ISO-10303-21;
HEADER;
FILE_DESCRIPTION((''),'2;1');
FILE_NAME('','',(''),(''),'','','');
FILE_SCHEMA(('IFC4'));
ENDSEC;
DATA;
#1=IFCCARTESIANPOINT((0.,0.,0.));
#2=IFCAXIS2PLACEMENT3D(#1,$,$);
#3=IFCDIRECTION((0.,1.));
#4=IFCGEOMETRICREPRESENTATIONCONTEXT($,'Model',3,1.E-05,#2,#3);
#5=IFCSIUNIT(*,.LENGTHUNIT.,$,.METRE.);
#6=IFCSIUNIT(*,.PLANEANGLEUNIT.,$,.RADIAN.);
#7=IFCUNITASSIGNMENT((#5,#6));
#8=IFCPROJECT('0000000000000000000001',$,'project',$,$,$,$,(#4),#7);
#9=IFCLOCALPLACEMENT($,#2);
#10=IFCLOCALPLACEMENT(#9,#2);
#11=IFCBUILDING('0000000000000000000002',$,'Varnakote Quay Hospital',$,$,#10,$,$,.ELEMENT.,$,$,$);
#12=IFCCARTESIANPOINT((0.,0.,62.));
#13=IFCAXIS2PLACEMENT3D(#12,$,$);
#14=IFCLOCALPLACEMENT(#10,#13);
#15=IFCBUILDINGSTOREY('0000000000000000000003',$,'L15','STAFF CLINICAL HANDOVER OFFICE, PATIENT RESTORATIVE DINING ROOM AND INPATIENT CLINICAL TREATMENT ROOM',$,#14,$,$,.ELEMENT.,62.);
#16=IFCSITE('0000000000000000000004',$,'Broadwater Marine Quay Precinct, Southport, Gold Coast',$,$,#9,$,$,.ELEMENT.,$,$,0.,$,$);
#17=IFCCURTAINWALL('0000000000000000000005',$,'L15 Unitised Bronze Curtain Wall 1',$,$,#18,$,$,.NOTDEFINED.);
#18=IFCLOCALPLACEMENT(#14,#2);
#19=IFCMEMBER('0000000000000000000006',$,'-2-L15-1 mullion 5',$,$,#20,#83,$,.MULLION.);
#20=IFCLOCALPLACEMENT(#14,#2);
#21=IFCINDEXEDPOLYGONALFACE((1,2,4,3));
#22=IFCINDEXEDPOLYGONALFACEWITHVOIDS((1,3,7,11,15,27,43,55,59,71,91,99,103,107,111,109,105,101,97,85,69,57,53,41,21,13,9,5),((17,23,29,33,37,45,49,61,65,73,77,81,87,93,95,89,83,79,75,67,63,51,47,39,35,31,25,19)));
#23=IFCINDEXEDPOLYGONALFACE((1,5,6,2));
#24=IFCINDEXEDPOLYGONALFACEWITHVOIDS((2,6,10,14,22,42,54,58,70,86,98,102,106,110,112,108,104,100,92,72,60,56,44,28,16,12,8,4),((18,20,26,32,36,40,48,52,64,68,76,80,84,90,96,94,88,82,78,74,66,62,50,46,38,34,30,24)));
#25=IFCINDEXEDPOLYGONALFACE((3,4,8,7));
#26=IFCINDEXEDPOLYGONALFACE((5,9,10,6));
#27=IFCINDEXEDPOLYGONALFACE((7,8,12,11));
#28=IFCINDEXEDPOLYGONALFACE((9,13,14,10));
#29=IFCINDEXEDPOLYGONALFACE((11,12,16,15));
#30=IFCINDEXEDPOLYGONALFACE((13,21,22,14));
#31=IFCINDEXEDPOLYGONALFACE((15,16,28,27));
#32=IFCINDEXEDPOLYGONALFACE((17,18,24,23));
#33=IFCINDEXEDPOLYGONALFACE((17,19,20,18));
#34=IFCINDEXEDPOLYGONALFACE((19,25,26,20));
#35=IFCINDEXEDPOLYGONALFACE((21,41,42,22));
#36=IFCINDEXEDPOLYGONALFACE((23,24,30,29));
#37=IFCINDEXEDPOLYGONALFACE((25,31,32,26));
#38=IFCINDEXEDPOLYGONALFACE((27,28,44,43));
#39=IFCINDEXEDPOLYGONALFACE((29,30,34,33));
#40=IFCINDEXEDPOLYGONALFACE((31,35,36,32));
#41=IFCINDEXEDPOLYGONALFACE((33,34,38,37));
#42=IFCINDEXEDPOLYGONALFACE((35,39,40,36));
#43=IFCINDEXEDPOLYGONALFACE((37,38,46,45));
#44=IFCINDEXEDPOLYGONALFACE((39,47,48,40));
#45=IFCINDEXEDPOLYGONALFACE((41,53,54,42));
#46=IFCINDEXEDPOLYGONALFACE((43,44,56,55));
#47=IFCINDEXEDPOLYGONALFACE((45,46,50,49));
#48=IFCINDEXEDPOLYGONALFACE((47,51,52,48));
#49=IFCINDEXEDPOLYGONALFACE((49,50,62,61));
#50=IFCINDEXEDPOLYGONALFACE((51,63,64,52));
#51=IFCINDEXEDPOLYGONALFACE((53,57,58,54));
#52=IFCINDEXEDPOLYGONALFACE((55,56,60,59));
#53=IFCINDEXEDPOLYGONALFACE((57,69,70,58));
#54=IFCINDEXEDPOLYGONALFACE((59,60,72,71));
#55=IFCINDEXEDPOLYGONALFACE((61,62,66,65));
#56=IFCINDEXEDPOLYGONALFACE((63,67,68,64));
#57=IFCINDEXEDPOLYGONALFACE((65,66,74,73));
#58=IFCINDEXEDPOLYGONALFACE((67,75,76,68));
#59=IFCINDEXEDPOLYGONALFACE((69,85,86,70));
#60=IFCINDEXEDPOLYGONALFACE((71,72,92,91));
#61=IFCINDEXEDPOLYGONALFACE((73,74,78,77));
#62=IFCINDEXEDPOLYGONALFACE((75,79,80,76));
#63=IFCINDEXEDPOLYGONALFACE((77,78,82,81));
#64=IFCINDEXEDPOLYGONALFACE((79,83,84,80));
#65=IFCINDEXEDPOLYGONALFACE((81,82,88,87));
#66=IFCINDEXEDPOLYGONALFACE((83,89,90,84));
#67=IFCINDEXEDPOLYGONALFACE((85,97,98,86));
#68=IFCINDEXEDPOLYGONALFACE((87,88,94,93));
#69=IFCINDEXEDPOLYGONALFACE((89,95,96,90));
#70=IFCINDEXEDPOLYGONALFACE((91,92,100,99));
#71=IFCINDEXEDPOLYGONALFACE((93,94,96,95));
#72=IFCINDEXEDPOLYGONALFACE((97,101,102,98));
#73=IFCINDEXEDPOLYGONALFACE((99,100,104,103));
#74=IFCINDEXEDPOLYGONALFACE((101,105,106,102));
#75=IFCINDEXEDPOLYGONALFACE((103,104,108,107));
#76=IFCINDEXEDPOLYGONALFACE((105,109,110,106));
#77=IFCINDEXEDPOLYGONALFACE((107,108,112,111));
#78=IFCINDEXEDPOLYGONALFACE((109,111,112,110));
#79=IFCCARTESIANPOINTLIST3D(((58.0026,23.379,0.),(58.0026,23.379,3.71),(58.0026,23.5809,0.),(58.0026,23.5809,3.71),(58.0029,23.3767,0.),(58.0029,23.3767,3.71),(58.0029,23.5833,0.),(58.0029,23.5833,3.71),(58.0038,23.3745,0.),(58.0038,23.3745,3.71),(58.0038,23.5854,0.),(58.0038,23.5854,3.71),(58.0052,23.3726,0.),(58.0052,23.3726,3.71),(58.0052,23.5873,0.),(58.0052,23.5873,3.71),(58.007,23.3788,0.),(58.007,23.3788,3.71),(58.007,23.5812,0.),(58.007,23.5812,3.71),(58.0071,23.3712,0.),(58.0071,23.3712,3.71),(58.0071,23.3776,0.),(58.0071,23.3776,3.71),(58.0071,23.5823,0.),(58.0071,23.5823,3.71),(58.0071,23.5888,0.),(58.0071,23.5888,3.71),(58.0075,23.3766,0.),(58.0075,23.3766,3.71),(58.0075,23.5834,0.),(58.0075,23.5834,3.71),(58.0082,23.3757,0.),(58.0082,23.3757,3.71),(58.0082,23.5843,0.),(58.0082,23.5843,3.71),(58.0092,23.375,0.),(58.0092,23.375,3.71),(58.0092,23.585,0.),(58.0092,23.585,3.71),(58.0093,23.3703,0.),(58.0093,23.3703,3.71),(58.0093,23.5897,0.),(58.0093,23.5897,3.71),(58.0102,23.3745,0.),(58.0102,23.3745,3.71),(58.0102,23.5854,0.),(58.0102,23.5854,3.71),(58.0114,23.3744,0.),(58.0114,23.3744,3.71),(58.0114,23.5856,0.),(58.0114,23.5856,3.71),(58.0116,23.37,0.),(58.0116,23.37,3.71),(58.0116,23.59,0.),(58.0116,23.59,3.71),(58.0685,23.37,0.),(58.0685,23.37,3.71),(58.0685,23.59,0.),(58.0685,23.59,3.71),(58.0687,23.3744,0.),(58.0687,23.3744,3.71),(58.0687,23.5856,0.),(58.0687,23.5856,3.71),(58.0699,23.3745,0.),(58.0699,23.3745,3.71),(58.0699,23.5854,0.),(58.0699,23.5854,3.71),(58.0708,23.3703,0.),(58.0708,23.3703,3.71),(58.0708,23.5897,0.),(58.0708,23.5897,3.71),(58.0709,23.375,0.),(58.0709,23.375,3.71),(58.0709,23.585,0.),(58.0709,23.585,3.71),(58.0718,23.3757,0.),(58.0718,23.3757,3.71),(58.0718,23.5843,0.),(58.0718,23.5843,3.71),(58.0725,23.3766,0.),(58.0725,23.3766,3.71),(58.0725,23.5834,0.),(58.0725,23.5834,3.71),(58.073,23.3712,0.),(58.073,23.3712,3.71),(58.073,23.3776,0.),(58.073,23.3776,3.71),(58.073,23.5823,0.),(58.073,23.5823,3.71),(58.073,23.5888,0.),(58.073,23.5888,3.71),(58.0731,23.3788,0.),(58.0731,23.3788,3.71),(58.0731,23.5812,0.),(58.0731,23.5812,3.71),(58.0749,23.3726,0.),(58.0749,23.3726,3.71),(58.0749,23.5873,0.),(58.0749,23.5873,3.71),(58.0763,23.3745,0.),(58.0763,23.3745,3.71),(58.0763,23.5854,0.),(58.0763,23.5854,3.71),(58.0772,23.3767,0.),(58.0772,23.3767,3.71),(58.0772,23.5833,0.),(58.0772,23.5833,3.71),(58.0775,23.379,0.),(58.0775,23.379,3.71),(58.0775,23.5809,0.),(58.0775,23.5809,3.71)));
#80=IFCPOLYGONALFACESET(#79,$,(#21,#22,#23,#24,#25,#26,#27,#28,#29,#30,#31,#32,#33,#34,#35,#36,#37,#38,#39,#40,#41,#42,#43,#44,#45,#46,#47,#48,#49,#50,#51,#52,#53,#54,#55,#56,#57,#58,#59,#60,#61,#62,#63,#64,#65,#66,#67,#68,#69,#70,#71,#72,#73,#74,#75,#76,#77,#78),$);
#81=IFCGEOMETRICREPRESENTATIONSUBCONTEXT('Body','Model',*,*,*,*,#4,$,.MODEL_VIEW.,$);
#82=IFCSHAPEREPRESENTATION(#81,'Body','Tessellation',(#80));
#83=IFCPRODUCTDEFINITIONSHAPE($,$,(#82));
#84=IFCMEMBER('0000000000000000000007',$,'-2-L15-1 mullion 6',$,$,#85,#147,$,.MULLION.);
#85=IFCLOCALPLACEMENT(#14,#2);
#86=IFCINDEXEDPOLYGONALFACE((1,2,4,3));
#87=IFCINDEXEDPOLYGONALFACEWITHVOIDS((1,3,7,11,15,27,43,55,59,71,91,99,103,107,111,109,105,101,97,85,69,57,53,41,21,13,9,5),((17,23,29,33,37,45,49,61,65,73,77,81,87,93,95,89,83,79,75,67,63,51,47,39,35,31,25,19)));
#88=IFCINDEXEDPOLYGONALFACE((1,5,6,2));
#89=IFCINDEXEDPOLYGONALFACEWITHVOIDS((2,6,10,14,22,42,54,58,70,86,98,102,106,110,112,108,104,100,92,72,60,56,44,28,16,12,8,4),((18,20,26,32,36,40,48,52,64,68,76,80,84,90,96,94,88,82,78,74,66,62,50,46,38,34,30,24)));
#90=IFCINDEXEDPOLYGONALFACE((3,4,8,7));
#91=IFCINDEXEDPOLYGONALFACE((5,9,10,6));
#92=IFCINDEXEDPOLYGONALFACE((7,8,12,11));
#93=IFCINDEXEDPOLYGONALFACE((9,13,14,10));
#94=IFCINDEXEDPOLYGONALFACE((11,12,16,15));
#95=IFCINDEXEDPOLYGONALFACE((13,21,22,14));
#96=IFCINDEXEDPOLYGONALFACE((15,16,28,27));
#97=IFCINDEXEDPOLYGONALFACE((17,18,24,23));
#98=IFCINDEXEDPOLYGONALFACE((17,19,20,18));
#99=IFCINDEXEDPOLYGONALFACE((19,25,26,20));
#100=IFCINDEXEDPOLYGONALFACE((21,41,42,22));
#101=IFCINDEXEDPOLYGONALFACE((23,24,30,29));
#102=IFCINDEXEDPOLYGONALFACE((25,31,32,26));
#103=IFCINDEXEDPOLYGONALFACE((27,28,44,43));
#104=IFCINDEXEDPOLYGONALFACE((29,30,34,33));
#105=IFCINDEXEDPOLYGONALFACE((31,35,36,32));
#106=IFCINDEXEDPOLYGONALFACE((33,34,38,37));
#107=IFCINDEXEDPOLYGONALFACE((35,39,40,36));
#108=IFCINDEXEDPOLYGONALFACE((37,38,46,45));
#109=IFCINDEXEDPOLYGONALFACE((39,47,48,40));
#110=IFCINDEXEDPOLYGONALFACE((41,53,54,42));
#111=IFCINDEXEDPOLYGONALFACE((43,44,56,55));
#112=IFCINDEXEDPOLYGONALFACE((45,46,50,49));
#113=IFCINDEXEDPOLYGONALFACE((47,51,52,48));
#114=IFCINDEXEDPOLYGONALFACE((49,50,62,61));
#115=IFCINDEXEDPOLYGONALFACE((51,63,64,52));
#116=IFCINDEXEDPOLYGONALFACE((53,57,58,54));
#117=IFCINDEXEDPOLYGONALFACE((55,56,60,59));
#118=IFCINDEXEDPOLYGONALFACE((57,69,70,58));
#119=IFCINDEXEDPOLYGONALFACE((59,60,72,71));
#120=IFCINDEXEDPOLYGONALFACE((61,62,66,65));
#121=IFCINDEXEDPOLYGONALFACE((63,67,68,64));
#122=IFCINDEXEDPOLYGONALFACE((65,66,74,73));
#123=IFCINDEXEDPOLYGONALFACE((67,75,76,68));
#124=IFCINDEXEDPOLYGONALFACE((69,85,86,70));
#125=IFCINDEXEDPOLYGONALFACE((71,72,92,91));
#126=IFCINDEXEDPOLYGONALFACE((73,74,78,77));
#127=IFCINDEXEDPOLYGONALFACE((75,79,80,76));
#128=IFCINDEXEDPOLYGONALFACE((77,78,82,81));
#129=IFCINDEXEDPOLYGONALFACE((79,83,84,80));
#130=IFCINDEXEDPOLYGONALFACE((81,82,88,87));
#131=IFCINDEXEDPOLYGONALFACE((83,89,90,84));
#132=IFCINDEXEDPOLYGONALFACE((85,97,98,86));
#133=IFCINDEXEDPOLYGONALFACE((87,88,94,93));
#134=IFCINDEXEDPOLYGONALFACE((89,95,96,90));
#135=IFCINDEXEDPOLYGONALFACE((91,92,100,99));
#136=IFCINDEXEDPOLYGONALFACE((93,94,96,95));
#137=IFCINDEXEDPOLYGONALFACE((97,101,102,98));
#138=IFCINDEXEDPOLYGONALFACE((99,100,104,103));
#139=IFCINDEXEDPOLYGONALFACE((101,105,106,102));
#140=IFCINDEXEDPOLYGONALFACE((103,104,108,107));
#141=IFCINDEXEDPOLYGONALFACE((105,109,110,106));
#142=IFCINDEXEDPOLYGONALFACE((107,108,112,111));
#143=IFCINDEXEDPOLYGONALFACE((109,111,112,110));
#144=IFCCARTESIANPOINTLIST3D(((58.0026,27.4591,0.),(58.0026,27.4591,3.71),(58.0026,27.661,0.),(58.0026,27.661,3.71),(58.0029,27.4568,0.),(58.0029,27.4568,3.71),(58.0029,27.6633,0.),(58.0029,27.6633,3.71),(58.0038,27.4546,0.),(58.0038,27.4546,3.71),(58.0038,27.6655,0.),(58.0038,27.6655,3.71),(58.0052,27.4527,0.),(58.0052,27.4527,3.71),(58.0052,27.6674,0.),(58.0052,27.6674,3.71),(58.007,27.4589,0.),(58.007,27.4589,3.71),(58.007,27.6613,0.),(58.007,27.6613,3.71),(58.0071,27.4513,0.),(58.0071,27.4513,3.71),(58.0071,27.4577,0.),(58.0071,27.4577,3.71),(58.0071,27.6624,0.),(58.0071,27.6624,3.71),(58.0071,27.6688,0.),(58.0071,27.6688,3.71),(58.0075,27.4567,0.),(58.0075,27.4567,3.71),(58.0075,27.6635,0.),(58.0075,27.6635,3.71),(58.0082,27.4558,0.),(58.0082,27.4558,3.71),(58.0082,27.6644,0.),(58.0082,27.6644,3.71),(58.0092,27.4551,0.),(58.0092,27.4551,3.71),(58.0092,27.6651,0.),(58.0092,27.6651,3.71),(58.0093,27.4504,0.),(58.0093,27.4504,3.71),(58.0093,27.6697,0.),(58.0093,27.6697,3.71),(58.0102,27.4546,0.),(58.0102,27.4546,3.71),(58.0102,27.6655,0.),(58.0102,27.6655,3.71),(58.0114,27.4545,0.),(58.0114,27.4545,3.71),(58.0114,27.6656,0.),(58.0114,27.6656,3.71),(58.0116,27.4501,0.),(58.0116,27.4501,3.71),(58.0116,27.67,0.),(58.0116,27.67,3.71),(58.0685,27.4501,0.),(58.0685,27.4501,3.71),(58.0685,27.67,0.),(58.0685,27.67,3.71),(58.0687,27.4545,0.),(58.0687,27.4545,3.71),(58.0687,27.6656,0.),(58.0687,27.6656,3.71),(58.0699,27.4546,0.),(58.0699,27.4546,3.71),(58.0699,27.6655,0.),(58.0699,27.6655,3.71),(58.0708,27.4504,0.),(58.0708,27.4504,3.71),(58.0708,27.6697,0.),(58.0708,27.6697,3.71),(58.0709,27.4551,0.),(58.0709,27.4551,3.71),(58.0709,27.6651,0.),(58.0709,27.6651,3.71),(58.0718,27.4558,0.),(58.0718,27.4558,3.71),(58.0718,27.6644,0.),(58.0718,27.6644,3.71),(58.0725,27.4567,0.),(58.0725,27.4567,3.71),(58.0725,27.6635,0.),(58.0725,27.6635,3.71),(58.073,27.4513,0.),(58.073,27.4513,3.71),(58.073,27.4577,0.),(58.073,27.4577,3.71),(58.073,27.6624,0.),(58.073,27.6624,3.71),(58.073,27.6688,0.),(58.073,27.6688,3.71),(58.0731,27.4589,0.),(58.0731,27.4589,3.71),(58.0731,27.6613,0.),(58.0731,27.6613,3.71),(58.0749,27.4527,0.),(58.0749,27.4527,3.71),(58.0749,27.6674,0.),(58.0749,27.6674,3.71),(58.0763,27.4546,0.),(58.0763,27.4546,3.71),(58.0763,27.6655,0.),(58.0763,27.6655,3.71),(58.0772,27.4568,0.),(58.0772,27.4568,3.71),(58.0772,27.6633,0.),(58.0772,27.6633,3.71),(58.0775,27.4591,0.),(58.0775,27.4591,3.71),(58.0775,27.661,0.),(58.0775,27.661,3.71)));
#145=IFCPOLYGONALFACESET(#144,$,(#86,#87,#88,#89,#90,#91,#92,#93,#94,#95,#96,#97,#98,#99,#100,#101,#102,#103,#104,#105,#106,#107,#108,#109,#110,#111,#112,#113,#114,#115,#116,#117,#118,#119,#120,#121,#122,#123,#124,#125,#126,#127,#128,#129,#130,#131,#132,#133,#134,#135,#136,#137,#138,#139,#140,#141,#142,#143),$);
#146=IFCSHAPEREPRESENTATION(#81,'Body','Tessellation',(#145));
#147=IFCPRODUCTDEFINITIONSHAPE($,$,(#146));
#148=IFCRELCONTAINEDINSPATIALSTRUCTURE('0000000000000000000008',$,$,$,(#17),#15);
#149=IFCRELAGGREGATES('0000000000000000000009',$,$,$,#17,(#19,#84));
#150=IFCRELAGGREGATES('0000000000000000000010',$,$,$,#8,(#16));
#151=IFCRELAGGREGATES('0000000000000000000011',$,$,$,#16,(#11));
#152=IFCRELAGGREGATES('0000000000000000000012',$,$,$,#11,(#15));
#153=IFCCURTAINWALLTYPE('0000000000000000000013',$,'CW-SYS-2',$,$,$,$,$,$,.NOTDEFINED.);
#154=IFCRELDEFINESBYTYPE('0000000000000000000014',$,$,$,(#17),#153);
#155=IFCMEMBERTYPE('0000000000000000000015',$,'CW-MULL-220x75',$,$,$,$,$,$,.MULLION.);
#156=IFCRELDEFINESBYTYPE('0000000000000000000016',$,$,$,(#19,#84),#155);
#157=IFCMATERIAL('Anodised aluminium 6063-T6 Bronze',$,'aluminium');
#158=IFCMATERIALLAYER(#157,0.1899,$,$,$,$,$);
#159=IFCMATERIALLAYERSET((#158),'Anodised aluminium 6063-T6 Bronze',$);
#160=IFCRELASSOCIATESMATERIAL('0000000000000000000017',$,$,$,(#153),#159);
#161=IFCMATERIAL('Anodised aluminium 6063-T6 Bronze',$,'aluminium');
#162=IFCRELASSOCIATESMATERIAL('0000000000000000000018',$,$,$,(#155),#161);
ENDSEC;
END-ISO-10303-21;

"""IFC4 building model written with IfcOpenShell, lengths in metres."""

from ifc_helpers import new_model, si_unit, direction, frame, origin, origin_2d, place, context, subcontext, project, spatial, hollow_rectangle, extrude, material, layer, layer_set, material_profile, profile_set, type_object, element, aggregate, save


model = new_model("IFC4")

# Units and contexts
model_context = context("Model", 3, precision=1e-05, world=origin(), true_north=direction((0.0, 1.0)))
body_context = subcontext(model_context, "Body", "Model", "MODEL_VIEW")
ifc_project = project(units=[si_unit("LENGTHUNIT", "METRE"), si_unit("PLANEANGLEUNIT", "RADIAN")], contexts=[model_context])

# Site, building, storey
site_placement = place(None, origin())
site = spatial("IfcSite", under=ifc_project, at=site_placement, Name="Broadwater Marine Quay Precinct, Southport, Gold Coast", CompositionType="ELEMENT", RefElevation=0.0)
building_placement = place(site_placement, origin())
building = spatial("IfcBuilding", under=site, at=building_placement, Name="Varnakote Quay Hospital", CompositionType="ELEMENT")
storey_placement = place(building_placement, frame((0.0, 0.0, 62.0)))
storey = spatial("IfcBuildingStorey", under=building, at=storey_placement, Name="L15", Description="STAFF CLINICAL HANDOVER OFFICE, PATIENT RESTORATIVE DINING ROOM AND INPATIENT CLINICAL TREATMENT ROOM", CompositionType="ELEMENT", Elevation=62.0)

# Curtain wall, members
ifc_material_1 = material(Name="Anodised aluminium 6063-T6 Bronze", Category="aluminium")
ifc_layer_1 = layer(ifc_material_1, 0.1899)
ifc_layer_set_1 = layer_set([ifc_layer_1], Name="Anodised aluminium 6063-T6 Bronze")
curtain_wall_type = type_object("IfcCurtainWallType", Name="CW-SYS-2", PredefinedType="NOTDEFINED", material=ifc_layer_set_1)
curtain_wall_placement = place(storey_placement, origin())
curtain_wall = element("IfcCurtainWall", 1, at=curtain_wall_placement, inside=storey, type_object=curtain_wall_type, Name="L15 Unitised Bronze Curtain Wall 1", PredefinedType="NOTDEFINED")
ifc_material_2 = material(Name="Anodised aluminium 6063-T6 Bronze", Category="aluminium")
ifc_material_profile_1 = material_profile(ifc_material_2, hollow_rectangle(XDim=0.075, YDim=0.22, WallThickness=0.0044, InnerFilletRadius=0.0044, OuterFilletRadius=0.009, at=origin_2d()), Name="CW-MULL-220x75")
ifc_profile_set_1 = profile_set([ifc_material_profile_1], Name="Anodised aluminium 6063-T6 Bronze")
member_type_1 = type_object("IfcMemberType", Name="CW-MULL-220x75", PredefinedType="MULLION", material=ifc_profile_set_1)
member_1_placement = place(storey_placement, frame((58.04, 23.48, 0.0), z_axis=(0.0, 0.0, 1.0), x_axis=(-1.0, 0.0, 0.0)))
member_1 = element("IfcMember", 2, at=member_1_placement, type_object=member_type_1, Name="-2-L15-1 mullion 5", PredefinedType="MULLION", context=body_context, shape_type="SweptSolid", body=[
    extrude(hollow_rectangle(XDim=0.075, YDim=0.22, WallThickness=0.0044, InnerFilletRadius=0.0044, OuterFilletRadius=0.009, at=origin_2d()), origin(), (0.0, 0.0, 1.0), 3.71),
])
member_2_placement = place(storey_placement, frame((58.04, 27.5601, 0.0), z_axis=(0.0, 0.0, 1.0), x_axis=(-1.0, 0.0, 0.0)))
member_2 = element("IfcMember", 3, at=member_2_placement, type_object=member_type_1, Name="-2-L15-1 mullion 6", PredefinedType="MULLION", context=body_context, shape_type="SweptSolid", body=[
    extrude(hollow_rectangle(XDim=0.075, YDim=0.22, WallThickness=0.0044, InnerFilletRadius=0.0044, OuterFilletRadius=0.009, at=origin_2d()), origin(), (0.0, 0.0, 1.0), 3.71),
])
aggregate(curtain_wall, [member_1, member_2])

save(model, "model.ifc")
